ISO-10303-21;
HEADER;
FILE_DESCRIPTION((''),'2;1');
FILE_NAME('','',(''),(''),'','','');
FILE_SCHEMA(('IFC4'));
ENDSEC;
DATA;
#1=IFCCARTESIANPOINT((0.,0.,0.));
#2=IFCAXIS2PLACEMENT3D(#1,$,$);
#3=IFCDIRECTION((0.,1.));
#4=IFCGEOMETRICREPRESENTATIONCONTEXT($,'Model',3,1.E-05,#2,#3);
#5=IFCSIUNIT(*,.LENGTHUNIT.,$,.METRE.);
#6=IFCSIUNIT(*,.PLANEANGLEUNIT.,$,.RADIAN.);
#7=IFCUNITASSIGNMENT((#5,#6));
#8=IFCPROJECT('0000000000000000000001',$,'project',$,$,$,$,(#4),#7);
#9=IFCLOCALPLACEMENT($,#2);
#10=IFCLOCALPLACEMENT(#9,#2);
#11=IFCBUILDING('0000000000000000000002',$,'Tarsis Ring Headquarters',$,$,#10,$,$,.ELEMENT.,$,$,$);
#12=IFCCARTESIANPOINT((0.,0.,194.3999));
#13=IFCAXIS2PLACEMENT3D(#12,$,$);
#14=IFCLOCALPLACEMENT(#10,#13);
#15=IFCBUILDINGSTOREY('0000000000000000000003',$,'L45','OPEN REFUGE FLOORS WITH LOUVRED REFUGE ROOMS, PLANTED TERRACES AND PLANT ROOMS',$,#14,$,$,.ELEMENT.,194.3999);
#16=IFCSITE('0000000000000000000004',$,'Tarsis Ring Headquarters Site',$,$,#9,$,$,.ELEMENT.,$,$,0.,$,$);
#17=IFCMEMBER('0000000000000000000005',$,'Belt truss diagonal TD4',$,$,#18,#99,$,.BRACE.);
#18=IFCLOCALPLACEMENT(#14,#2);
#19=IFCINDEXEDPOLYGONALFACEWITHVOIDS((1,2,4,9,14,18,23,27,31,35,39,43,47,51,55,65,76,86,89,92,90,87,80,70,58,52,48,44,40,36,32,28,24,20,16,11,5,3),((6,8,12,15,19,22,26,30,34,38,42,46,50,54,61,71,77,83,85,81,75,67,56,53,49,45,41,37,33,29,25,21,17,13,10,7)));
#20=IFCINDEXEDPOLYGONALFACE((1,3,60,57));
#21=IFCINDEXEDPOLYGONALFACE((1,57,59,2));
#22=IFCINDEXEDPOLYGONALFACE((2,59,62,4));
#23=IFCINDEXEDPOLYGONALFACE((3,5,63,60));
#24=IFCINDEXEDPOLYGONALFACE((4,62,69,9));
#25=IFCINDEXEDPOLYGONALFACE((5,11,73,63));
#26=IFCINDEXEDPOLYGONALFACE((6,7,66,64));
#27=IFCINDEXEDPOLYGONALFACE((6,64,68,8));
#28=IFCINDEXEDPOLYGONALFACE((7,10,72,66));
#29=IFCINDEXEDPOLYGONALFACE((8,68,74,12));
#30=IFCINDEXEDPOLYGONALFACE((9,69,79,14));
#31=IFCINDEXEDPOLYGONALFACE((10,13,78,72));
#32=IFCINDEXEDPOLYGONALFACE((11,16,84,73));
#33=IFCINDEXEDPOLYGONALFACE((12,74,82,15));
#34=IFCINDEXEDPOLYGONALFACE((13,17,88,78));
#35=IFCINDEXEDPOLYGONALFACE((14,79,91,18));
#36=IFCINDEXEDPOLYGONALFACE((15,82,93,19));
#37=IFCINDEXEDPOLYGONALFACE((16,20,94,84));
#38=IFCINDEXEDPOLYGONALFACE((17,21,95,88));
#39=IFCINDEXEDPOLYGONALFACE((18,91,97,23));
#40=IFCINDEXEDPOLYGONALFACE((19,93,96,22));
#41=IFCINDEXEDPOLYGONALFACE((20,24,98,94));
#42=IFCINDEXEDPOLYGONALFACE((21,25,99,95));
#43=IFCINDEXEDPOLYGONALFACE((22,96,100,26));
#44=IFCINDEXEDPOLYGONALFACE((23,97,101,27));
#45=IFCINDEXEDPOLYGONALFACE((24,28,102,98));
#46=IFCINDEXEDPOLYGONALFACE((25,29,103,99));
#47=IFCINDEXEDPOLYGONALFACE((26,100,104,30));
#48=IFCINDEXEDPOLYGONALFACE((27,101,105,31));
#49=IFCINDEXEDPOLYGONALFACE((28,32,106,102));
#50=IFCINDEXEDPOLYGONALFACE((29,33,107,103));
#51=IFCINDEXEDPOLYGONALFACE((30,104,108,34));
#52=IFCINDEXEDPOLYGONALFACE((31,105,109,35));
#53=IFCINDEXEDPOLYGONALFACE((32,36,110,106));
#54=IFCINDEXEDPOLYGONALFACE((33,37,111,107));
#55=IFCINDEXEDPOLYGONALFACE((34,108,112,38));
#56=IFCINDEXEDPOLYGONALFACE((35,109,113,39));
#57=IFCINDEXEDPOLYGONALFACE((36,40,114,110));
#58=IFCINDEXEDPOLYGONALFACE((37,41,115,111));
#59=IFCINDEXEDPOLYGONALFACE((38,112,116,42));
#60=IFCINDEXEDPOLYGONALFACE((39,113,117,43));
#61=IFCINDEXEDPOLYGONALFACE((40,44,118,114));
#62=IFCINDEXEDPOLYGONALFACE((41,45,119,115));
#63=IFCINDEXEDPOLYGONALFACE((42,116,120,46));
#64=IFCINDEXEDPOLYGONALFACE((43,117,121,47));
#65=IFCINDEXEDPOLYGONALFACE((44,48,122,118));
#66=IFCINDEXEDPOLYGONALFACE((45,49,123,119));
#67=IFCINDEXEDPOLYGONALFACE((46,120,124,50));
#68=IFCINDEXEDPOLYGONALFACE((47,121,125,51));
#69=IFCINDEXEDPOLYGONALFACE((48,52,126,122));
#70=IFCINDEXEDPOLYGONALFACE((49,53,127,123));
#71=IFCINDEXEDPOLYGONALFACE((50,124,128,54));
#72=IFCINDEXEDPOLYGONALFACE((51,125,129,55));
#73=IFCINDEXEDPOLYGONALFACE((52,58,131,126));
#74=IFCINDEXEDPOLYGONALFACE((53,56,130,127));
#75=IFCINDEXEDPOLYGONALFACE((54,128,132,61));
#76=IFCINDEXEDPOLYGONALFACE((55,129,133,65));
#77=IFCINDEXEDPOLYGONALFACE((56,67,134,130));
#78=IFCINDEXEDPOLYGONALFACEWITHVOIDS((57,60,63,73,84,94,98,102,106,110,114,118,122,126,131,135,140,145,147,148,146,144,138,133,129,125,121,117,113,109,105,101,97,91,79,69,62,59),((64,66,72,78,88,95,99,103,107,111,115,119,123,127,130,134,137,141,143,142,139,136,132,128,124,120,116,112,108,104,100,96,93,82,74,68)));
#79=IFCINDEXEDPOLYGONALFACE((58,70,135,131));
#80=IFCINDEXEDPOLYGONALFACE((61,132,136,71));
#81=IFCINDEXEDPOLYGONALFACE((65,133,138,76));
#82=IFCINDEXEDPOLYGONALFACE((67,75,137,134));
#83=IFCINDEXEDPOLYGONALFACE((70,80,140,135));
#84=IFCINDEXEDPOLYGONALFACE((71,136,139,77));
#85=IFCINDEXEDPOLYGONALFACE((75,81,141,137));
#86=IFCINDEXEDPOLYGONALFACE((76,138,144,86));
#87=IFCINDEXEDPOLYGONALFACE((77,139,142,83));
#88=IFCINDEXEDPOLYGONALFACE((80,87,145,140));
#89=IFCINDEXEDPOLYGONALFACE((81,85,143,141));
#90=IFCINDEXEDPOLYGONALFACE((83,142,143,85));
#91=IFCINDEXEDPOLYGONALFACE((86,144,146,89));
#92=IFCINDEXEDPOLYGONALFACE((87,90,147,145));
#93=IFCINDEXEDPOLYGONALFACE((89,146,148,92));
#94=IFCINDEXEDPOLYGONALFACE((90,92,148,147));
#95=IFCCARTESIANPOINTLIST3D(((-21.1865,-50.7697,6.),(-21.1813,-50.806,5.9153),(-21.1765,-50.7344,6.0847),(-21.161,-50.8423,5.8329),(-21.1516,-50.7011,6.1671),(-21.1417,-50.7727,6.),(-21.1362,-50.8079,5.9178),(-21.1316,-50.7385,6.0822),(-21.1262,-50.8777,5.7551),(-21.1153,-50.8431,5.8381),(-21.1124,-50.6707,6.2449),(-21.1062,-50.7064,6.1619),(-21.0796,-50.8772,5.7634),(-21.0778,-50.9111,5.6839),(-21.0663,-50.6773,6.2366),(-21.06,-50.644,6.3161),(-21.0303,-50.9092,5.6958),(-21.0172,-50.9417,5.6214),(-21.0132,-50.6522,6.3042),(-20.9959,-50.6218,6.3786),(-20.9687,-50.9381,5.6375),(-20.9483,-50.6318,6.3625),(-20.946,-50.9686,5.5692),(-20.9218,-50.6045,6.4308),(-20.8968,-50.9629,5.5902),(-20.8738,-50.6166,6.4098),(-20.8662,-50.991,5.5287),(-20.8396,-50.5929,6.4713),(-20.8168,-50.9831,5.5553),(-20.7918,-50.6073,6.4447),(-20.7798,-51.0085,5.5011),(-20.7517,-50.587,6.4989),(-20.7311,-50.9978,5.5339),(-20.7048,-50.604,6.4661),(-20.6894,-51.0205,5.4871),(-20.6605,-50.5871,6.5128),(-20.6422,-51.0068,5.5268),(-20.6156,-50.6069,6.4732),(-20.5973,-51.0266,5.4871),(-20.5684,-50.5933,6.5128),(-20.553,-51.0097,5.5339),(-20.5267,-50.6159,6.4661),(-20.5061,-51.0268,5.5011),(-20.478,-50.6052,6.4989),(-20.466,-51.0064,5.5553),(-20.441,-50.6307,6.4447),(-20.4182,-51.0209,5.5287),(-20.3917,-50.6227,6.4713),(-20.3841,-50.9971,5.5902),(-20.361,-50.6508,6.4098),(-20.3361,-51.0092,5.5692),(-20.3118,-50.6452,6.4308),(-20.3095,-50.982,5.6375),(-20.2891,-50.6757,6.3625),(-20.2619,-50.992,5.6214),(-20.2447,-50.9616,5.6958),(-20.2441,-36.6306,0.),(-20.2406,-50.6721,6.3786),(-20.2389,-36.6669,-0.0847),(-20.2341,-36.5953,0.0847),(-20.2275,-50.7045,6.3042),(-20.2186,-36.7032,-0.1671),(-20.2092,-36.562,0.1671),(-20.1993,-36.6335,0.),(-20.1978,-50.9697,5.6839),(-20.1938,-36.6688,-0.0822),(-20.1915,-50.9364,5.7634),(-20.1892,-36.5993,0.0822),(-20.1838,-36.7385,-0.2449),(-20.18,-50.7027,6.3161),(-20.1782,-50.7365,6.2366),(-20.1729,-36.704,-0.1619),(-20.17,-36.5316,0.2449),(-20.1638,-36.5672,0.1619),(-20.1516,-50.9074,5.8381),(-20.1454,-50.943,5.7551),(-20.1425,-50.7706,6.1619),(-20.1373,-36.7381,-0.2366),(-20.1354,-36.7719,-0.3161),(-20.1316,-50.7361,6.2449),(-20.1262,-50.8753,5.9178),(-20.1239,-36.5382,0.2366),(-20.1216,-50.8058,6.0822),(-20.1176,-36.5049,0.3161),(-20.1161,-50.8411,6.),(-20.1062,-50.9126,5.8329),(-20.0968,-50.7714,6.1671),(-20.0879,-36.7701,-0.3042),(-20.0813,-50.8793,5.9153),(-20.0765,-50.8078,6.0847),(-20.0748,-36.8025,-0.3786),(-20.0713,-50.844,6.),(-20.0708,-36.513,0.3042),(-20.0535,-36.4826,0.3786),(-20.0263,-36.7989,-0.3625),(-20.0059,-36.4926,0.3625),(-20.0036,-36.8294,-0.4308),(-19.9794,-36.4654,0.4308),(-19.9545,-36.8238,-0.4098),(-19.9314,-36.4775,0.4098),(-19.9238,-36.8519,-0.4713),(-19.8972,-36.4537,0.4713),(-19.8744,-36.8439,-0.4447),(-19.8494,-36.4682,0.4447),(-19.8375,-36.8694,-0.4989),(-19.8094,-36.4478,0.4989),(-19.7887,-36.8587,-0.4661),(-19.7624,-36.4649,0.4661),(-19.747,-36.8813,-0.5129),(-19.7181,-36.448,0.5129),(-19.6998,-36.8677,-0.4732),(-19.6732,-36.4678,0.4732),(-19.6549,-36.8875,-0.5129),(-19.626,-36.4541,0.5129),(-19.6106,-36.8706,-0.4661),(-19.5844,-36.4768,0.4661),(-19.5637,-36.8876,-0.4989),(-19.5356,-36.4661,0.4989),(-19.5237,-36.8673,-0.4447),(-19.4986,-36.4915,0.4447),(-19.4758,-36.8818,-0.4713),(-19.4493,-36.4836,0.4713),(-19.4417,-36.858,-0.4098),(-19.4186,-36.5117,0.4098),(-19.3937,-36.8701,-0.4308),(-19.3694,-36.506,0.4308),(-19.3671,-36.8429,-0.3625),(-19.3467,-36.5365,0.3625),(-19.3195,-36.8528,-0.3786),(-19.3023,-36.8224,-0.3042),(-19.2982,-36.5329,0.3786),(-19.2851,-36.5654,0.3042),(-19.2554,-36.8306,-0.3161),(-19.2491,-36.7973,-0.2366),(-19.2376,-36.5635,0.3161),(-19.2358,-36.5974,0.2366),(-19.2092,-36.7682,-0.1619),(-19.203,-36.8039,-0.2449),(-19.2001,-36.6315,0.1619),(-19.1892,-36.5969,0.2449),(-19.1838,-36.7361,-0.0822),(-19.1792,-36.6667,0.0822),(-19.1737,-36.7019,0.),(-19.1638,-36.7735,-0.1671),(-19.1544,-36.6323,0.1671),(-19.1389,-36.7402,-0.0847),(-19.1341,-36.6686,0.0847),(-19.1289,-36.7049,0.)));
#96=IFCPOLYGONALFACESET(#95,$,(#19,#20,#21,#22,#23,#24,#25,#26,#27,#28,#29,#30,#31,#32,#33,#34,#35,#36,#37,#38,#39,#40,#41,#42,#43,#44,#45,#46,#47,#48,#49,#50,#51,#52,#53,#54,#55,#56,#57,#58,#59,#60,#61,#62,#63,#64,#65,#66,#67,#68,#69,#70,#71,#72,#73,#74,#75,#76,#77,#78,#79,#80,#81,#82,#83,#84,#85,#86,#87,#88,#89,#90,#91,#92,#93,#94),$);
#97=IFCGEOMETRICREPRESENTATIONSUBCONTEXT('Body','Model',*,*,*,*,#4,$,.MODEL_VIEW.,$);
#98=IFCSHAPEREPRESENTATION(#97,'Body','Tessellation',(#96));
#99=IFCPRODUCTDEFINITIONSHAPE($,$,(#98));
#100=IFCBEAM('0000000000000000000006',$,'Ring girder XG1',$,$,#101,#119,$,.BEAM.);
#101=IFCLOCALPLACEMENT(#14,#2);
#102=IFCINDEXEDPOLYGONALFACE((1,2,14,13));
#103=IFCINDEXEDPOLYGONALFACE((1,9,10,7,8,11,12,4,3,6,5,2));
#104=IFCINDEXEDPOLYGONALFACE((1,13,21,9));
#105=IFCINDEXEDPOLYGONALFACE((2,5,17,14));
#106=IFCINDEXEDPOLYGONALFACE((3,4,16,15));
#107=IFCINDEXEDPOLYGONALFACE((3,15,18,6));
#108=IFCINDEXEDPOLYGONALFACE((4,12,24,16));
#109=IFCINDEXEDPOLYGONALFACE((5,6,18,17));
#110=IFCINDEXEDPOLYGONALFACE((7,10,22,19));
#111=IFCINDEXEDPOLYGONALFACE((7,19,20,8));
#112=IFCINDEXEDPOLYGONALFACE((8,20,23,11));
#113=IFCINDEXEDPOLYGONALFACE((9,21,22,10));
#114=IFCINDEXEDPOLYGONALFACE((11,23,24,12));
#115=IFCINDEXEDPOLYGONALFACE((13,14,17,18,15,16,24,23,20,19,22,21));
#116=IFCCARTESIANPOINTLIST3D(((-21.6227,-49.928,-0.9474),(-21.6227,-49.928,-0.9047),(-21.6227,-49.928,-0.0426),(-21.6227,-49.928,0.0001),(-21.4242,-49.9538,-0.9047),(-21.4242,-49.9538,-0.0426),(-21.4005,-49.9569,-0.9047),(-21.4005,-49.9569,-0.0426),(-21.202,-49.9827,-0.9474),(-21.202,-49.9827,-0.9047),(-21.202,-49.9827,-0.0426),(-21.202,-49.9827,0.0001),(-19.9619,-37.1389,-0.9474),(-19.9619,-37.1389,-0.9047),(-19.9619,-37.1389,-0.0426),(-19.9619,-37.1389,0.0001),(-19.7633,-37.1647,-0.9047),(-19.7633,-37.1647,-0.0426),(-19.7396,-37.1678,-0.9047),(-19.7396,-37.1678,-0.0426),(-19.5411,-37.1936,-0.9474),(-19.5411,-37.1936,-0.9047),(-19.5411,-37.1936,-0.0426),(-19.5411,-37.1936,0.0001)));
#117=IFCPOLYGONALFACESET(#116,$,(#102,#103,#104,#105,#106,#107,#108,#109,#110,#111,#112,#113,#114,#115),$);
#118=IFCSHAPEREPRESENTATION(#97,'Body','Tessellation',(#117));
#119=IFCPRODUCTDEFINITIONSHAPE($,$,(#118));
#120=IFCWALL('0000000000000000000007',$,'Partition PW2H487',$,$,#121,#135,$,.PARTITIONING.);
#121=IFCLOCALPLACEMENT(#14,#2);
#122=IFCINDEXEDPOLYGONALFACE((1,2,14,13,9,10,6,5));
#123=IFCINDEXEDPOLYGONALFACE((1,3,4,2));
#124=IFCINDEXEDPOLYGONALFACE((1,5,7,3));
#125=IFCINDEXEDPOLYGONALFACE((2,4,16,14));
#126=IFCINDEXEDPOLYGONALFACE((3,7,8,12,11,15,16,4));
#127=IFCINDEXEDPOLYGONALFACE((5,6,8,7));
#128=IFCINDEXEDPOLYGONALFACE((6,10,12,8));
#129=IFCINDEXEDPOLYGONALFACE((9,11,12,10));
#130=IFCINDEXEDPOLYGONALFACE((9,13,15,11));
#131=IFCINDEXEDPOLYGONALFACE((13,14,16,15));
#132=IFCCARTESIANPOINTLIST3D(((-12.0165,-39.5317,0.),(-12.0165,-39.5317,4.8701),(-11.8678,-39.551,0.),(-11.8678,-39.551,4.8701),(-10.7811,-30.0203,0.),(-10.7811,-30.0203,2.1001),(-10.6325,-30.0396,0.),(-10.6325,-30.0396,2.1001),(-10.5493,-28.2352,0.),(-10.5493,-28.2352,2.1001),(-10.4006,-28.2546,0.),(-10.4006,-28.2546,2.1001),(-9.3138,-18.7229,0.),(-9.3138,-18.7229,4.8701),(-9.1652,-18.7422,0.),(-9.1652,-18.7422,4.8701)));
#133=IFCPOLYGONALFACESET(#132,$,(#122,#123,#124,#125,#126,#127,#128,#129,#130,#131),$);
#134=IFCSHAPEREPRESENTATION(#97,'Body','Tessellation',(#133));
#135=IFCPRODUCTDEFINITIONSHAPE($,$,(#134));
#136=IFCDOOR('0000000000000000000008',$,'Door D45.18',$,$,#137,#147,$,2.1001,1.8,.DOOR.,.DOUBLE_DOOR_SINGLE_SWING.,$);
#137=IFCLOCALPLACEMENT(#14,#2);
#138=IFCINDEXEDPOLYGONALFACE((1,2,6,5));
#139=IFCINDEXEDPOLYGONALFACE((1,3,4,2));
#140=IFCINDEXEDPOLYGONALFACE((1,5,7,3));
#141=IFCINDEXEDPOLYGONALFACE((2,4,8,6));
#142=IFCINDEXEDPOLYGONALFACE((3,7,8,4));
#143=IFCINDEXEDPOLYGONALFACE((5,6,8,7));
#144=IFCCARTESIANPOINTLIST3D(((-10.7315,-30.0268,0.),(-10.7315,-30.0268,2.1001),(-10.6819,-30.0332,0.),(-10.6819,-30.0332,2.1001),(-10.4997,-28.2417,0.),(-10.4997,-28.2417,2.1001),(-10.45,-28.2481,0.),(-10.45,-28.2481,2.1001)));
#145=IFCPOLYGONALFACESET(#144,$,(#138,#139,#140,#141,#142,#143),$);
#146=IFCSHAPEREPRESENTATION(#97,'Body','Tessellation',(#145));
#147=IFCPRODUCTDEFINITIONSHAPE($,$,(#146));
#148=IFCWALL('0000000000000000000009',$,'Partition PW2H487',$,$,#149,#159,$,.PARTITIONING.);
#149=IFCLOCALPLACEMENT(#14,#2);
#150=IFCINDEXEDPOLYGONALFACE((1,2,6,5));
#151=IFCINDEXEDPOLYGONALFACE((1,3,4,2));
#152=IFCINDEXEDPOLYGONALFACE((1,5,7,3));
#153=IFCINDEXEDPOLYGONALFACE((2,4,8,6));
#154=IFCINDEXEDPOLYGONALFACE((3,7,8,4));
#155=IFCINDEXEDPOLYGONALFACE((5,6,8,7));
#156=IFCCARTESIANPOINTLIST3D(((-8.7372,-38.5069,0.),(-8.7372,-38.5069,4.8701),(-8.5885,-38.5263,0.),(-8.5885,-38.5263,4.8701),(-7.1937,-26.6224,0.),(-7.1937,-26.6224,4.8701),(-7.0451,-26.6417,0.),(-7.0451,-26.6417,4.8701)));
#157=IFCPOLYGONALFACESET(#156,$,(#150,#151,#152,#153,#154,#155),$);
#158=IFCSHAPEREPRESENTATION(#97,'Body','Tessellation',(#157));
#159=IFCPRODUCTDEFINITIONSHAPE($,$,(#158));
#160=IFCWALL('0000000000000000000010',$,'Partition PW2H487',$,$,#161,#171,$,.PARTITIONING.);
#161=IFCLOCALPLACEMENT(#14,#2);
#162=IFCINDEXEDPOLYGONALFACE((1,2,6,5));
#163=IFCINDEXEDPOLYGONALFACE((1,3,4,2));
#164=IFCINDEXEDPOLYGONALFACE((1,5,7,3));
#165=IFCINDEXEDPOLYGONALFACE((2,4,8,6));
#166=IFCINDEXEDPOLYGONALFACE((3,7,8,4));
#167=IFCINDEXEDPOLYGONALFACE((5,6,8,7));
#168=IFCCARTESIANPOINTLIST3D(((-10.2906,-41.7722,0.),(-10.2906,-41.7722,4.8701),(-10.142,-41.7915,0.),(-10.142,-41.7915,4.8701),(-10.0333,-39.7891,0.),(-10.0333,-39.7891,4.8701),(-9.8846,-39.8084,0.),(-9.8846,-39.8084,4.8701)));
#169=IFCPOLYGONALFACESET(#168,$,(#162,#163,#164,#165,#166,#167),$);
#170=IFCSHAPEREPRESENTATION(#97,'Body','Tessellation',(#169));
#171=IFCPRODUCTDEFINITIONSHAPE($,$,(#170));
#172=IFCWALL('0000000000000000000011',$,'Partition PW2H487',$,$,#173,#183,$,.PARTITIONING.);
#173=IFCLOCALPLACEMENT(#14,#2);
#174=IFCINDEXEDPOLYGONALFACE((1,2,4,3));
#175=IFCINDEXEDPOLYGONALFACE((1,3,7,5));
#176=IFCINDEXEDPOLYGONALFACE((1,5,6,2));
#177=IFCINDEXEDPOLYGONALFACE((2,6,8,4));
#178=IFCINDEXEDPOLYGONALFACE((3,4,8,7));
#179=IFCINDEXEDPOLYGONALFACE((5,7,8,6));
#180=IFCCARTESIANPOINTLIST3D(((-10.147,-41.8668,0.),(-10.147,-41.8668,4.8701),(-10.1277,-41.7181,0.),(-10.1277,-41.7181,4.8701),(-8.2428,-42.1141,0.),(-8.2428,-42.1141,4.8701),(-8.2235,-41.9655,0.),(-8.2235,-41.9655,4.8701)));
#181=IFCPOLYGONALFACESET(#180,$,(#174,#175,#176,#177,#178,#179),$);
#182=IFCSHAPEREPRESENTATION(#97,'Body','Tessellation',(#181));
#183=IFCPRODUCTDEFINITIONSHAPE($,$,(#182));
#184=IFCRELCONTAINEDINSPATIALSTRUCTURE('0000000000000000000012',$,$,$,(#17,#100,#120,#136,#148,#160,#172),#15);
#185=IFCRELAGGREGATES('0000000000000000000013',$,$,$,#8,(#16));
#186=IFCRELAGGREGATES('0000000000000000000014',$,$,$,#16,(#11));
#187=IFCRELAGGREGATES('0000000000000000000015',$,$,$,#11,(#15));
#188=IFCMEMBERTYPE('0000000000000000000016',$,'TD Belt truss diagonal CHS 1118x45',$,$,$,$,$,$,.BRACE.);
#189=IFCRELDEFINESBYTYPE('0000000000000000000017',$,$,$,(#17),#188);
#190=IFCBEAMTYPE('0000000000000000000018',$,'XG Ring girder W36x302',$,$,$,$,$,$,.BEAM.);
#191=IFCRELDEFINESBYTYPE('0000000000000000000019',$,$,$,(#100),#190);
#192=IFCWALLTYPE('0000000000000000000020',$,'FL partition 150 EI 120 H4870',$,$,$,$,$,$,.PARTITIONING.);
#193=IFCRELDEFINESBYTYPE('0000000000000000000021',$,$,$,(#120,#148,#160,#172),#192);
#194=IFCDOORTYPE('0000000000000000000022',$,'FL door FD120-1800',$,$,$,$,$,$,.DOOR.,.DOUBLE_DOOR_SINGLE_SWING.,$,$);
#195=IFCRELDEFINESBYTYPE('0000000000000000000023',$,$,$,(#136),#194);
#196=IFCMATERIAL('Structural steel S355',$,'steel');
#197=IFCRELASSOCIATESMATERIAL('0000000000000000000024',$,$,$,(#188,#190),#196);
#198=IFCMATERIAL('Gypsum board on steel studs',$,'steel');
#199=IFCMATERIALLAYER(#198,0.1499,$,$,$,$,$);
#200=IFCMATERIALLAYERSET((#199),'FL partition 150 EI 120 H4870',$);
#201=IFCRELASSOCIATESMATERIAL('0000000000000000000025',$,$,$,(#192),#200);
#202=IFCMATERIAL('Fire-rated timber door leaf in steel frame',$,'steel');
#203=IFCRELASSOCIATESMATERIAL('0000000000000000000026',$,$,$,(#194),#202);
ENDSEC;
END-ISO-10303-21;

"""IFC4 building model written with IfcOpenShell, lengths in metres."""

from ifc_helpers import new_model, si_unit, direction, frame, frame_2d, origin, origin_2d, place, context, subcontext, project, spatial, rectangle, hollow_circle, i_section, extrude, material, layer, layer_set, material_profile, profile_set, type_object, element, fill, save


model = new_model("IFC4")

# Units and contexts
model_context = context("Model", 3, precision=1e-05, world=origin(), true_north=direction((0.0, 1.0)))
body_context = subcontext(model_context, "Body", "Model", "MODEL_VIEW")
ifc_project = project(units=[si_unit("LENGTHUNIT", "METRE"), si_unit("PLANEANGLEUNIT", "RADIAN")], contexts=[model_context])

# Site, building, storey
site_placement = place(None, origin())
site = spatial("IfcSite", under=ifc_project, at=site_placement, Name="Tarsis Ring Headquarters Site", CompositionType="ELEMENT", RefElevation=0.0)
building_placement = place(site_placement, origin())
building = spatial("IfcBuilding", under=site, at=building_placement, Name="Tarsis Ring Headquarters", CompositionType="ELEMENT")
storey_placement = place(building_placement, frame((0.0, 0.0, 194.3999)))
storey = spatial("IfcBuildingStorey", under=building, at=storey_placement, Name="L45", Description="OPEN REFUGE FLOORS WITH LOUVRED REFUGE ROOMS, PLANTED TERRACES AND PLANT ROOMS", CompositionType="ELEMENT", Elevation=194.3999)

# Shared definitions
ifc_material_1 = material(Name="Structural steel S355", Category="steel")
ifc_material_profile_1 = material_profile(ifc_material_1, hollow_circle(Radius=0.5588, WallThickness=0.0449, at=origin_2d()), Name="CHS 1118x45")
ifc_profile_set_1 = profile_set([ifc_material_profile_1], Name="Structural steel S355")

# Member
member_type_1 = type_object("IfcMemberType", Name="TD Belt truss diagonal CHS 1118x45", PredefinedType="BRACE", material=ifc_profile_set_1)
member_1_placement = place(storey_placement, frame((-19.6865, -36.6677, 0.0), z_axis=(-0.06124, -0.918817, 0.389903), x_axis=(0.997786, -0.066503, 0.0)))
element("IfcMember", 1, at=member_1_placement, inside=storey, type_object=member_type_1, Name="Belt truss diagonal TD4", PredefinedType="BRACE", context=body_context, shape_type="SweptSolid", body=[
    extrude(hollow_circle(Radius=0.5588, WallThickness=0.0449, at=origin_2d()), origin(), (0.0, 0.0, 1.0), 15.3884),
])

# Beam
ifc_material_profile_2 = material_profile(ifc_material_1, i_section(OverallWidth=0.4243, OverallDepth=0.9475, WebThickness=0.0239, FlangeThickness=0.0427, at=origin_2d()), Name="W36x302")
ifc_profile_set_2 = profile_set([ifc_material_profile_2], Name="Structural steel S355")
beam_type_1 = type_object("IfcBeamType", Name="XG Ring girder W36x302", PredefinedType="BEAM", material=ifc_profile_set_2)
beam_placement = place(storey_placement, frame((-19.7515, -37.1663, -0.4736), z_axis=(-0.128786, -0.991672, 0.0), x_axis=(0.991672, -0.128786, 0.0)))
element("IfcBeam", 2, at=beam_placement, inside=storey, type_object=beam_type_1, Name="Ring girder XG1", PredefinedType="BEAM", context=body_context, shape_type="SweptSolid", body=[
    extrude(i_section(OverallWidth=0.4243, OverallDepth=0.9475, WebThickness=0.0239, FlangeThickness=0.0427, at=origin_2d()), origin(), (0.0, 0.0, 1.0), 12.8965),
])

# Wall, opening, door
ifc_material_2 = material(Name="Gypsum board on steel studs", Category="steel")
ifc_layer = layer(ifc_material_2, 0.1499)
ifc_layer_set = layer_set([ifc_layer], Name="FL partition 150 EI 120 H4870")
wall_type = type_object("IfcWallType", Name="FL partition 150 EI 120 H4870", PredefinedType="PARTITIONING", material=ifc_layer_set)
wall_1_placement = place(storey_placement, frame((-11.9421, -39.5413, 0.0), z_axis=(0.0, 0.0, 1.0), x_axis=(0.128797, 0.991671, 0.0)))
wall_1 = element("IfcWall", 3, at=wall_1_placement, inside=storey, type_object=wall_type, Name="Partition PW2H487", PredefinedType="PARTITIONING", context=body_context, shape_type="SweptSolid", body=[
    extrude(rectangle(XDim=20.9836, YDim=0.1499, at=frame_2d((10.4917, 0.0))), origin(), (0.0, 0.0, 1.0), 4.8701),
])
opening_placement = place(wall_1_placement, frame((9.5913, 0.0, 0.0)))
opening = element("IfcOpeningElement", 4, at=opening_placement, cuts=wall_1, PredefinedType="OPENING", context=body_context, shape_type="SweptSolid", body=[
    extrude(rectangle(XDim=1.8, YDim=2.1001, at=frame_2d((0.8999, 1.05))), frame((0.0, 0.085, 0.0), z_axis=(0.0, -1.0, 0.0), x_axis=(1.0, 0.0, 0.0)), (0.0, 0.0, 1.0), 0.1699),
])
ifc_material_3 = material(Name="Fire-rated timber door leaf in steel frame", Category="steel")
door_type = type_object("IfcDoorType", Name="FL door FD120-1800", OperationType="DOUBLE_DOOR_SINGLE_SWING", PredefinedType="DOOR", material=ifc_material_3)
door_placement = place(opening_placement, origin())
door = element("IfcDoor", 5, at=door_placement, inside=storey, type_object=door_type, Name="Door D45.18", OperationType="DOUBLE_DOOR_SINGLE_SWING", OverallHeight=2.1001, OverallWidth=1.8, PredefinedType="DOOR", context=body_context, shape_type="SweptSolid", body=[
    extrude(rectangle(XDim=1.8, YDim=2.1001, at=frame_2d((0.8999, 1.05))), frame((0.0, 0.0249, 0.0), z_axis=(0.0, -1.0, 0.0), x_axis=(1.0, 0.0, 0.0)), (0.0, 0.0, 1.0), 0.05),
])
fill(opening, door)

# Walls
wall_2_placement = place(storey_placement, frame((-8.6628, -38.5166, 0.0), z_axis=(0.0, 0.0, 1.0), x_axis=(0.12879, 0.991672, 0.0)))
element("IfcWall", 6, at=wall_2_placement, inside=storey, type_object=wall_type, Name="Partition PW2H487", PredefinedType="PARTITIONING", context=body_context, shape_type="SweptSolid", body=[
    extrude(rectangle(XDim=11.9844, YDim=0.1499, at=frame_2d((5.9922, 0.0))), origin(), (0.0, 0.0, 1.0), 4.8701),
])
wall_3_placement = place(storey_placement, frame((-10.2163, -41.782, 0.0), z_axis=(0.0, 0.0, 1.0), x_axis=(0.128676, 0.991687, 0.0)))
element("IfcWall", 7, at=wall_3_placement, inside=storey, type_object=wall_type, Name="Partition PW2H487", PredefinedType="PARTITIONING", context=body_context, shape_type="SweptSolid", body=[
    extrude(rectangle(XDim=1.9998, YDim=0.1499, at=frame_2d((1.0, 0.0))), origin(), (0.0, 0.0, 1.0), 4.8701),
])
wall_4_placement = place(storey_placement, frame((-10.1372, -41.7925, 0.0), z_axis=(0.0, 0.0, 1.0), x_axis=(0.99167, -0.128806, 0.0)))
element("IfcWall", 8, at=wall_4_placement, inside=storey, type_object=wall_type, Name="Partition PW2H487", PredefinedType="PARTITIONING", context=body_context, shape_type="SweptSolid", body=[
    extrude(rectangle(XDim=1.9202, YDim=0.1499, at=frame_2d((0.96, 0.0))), origin(), (0.0, 0.0, 1.0), 4.8701),
])

save(model, "model.ifc")
